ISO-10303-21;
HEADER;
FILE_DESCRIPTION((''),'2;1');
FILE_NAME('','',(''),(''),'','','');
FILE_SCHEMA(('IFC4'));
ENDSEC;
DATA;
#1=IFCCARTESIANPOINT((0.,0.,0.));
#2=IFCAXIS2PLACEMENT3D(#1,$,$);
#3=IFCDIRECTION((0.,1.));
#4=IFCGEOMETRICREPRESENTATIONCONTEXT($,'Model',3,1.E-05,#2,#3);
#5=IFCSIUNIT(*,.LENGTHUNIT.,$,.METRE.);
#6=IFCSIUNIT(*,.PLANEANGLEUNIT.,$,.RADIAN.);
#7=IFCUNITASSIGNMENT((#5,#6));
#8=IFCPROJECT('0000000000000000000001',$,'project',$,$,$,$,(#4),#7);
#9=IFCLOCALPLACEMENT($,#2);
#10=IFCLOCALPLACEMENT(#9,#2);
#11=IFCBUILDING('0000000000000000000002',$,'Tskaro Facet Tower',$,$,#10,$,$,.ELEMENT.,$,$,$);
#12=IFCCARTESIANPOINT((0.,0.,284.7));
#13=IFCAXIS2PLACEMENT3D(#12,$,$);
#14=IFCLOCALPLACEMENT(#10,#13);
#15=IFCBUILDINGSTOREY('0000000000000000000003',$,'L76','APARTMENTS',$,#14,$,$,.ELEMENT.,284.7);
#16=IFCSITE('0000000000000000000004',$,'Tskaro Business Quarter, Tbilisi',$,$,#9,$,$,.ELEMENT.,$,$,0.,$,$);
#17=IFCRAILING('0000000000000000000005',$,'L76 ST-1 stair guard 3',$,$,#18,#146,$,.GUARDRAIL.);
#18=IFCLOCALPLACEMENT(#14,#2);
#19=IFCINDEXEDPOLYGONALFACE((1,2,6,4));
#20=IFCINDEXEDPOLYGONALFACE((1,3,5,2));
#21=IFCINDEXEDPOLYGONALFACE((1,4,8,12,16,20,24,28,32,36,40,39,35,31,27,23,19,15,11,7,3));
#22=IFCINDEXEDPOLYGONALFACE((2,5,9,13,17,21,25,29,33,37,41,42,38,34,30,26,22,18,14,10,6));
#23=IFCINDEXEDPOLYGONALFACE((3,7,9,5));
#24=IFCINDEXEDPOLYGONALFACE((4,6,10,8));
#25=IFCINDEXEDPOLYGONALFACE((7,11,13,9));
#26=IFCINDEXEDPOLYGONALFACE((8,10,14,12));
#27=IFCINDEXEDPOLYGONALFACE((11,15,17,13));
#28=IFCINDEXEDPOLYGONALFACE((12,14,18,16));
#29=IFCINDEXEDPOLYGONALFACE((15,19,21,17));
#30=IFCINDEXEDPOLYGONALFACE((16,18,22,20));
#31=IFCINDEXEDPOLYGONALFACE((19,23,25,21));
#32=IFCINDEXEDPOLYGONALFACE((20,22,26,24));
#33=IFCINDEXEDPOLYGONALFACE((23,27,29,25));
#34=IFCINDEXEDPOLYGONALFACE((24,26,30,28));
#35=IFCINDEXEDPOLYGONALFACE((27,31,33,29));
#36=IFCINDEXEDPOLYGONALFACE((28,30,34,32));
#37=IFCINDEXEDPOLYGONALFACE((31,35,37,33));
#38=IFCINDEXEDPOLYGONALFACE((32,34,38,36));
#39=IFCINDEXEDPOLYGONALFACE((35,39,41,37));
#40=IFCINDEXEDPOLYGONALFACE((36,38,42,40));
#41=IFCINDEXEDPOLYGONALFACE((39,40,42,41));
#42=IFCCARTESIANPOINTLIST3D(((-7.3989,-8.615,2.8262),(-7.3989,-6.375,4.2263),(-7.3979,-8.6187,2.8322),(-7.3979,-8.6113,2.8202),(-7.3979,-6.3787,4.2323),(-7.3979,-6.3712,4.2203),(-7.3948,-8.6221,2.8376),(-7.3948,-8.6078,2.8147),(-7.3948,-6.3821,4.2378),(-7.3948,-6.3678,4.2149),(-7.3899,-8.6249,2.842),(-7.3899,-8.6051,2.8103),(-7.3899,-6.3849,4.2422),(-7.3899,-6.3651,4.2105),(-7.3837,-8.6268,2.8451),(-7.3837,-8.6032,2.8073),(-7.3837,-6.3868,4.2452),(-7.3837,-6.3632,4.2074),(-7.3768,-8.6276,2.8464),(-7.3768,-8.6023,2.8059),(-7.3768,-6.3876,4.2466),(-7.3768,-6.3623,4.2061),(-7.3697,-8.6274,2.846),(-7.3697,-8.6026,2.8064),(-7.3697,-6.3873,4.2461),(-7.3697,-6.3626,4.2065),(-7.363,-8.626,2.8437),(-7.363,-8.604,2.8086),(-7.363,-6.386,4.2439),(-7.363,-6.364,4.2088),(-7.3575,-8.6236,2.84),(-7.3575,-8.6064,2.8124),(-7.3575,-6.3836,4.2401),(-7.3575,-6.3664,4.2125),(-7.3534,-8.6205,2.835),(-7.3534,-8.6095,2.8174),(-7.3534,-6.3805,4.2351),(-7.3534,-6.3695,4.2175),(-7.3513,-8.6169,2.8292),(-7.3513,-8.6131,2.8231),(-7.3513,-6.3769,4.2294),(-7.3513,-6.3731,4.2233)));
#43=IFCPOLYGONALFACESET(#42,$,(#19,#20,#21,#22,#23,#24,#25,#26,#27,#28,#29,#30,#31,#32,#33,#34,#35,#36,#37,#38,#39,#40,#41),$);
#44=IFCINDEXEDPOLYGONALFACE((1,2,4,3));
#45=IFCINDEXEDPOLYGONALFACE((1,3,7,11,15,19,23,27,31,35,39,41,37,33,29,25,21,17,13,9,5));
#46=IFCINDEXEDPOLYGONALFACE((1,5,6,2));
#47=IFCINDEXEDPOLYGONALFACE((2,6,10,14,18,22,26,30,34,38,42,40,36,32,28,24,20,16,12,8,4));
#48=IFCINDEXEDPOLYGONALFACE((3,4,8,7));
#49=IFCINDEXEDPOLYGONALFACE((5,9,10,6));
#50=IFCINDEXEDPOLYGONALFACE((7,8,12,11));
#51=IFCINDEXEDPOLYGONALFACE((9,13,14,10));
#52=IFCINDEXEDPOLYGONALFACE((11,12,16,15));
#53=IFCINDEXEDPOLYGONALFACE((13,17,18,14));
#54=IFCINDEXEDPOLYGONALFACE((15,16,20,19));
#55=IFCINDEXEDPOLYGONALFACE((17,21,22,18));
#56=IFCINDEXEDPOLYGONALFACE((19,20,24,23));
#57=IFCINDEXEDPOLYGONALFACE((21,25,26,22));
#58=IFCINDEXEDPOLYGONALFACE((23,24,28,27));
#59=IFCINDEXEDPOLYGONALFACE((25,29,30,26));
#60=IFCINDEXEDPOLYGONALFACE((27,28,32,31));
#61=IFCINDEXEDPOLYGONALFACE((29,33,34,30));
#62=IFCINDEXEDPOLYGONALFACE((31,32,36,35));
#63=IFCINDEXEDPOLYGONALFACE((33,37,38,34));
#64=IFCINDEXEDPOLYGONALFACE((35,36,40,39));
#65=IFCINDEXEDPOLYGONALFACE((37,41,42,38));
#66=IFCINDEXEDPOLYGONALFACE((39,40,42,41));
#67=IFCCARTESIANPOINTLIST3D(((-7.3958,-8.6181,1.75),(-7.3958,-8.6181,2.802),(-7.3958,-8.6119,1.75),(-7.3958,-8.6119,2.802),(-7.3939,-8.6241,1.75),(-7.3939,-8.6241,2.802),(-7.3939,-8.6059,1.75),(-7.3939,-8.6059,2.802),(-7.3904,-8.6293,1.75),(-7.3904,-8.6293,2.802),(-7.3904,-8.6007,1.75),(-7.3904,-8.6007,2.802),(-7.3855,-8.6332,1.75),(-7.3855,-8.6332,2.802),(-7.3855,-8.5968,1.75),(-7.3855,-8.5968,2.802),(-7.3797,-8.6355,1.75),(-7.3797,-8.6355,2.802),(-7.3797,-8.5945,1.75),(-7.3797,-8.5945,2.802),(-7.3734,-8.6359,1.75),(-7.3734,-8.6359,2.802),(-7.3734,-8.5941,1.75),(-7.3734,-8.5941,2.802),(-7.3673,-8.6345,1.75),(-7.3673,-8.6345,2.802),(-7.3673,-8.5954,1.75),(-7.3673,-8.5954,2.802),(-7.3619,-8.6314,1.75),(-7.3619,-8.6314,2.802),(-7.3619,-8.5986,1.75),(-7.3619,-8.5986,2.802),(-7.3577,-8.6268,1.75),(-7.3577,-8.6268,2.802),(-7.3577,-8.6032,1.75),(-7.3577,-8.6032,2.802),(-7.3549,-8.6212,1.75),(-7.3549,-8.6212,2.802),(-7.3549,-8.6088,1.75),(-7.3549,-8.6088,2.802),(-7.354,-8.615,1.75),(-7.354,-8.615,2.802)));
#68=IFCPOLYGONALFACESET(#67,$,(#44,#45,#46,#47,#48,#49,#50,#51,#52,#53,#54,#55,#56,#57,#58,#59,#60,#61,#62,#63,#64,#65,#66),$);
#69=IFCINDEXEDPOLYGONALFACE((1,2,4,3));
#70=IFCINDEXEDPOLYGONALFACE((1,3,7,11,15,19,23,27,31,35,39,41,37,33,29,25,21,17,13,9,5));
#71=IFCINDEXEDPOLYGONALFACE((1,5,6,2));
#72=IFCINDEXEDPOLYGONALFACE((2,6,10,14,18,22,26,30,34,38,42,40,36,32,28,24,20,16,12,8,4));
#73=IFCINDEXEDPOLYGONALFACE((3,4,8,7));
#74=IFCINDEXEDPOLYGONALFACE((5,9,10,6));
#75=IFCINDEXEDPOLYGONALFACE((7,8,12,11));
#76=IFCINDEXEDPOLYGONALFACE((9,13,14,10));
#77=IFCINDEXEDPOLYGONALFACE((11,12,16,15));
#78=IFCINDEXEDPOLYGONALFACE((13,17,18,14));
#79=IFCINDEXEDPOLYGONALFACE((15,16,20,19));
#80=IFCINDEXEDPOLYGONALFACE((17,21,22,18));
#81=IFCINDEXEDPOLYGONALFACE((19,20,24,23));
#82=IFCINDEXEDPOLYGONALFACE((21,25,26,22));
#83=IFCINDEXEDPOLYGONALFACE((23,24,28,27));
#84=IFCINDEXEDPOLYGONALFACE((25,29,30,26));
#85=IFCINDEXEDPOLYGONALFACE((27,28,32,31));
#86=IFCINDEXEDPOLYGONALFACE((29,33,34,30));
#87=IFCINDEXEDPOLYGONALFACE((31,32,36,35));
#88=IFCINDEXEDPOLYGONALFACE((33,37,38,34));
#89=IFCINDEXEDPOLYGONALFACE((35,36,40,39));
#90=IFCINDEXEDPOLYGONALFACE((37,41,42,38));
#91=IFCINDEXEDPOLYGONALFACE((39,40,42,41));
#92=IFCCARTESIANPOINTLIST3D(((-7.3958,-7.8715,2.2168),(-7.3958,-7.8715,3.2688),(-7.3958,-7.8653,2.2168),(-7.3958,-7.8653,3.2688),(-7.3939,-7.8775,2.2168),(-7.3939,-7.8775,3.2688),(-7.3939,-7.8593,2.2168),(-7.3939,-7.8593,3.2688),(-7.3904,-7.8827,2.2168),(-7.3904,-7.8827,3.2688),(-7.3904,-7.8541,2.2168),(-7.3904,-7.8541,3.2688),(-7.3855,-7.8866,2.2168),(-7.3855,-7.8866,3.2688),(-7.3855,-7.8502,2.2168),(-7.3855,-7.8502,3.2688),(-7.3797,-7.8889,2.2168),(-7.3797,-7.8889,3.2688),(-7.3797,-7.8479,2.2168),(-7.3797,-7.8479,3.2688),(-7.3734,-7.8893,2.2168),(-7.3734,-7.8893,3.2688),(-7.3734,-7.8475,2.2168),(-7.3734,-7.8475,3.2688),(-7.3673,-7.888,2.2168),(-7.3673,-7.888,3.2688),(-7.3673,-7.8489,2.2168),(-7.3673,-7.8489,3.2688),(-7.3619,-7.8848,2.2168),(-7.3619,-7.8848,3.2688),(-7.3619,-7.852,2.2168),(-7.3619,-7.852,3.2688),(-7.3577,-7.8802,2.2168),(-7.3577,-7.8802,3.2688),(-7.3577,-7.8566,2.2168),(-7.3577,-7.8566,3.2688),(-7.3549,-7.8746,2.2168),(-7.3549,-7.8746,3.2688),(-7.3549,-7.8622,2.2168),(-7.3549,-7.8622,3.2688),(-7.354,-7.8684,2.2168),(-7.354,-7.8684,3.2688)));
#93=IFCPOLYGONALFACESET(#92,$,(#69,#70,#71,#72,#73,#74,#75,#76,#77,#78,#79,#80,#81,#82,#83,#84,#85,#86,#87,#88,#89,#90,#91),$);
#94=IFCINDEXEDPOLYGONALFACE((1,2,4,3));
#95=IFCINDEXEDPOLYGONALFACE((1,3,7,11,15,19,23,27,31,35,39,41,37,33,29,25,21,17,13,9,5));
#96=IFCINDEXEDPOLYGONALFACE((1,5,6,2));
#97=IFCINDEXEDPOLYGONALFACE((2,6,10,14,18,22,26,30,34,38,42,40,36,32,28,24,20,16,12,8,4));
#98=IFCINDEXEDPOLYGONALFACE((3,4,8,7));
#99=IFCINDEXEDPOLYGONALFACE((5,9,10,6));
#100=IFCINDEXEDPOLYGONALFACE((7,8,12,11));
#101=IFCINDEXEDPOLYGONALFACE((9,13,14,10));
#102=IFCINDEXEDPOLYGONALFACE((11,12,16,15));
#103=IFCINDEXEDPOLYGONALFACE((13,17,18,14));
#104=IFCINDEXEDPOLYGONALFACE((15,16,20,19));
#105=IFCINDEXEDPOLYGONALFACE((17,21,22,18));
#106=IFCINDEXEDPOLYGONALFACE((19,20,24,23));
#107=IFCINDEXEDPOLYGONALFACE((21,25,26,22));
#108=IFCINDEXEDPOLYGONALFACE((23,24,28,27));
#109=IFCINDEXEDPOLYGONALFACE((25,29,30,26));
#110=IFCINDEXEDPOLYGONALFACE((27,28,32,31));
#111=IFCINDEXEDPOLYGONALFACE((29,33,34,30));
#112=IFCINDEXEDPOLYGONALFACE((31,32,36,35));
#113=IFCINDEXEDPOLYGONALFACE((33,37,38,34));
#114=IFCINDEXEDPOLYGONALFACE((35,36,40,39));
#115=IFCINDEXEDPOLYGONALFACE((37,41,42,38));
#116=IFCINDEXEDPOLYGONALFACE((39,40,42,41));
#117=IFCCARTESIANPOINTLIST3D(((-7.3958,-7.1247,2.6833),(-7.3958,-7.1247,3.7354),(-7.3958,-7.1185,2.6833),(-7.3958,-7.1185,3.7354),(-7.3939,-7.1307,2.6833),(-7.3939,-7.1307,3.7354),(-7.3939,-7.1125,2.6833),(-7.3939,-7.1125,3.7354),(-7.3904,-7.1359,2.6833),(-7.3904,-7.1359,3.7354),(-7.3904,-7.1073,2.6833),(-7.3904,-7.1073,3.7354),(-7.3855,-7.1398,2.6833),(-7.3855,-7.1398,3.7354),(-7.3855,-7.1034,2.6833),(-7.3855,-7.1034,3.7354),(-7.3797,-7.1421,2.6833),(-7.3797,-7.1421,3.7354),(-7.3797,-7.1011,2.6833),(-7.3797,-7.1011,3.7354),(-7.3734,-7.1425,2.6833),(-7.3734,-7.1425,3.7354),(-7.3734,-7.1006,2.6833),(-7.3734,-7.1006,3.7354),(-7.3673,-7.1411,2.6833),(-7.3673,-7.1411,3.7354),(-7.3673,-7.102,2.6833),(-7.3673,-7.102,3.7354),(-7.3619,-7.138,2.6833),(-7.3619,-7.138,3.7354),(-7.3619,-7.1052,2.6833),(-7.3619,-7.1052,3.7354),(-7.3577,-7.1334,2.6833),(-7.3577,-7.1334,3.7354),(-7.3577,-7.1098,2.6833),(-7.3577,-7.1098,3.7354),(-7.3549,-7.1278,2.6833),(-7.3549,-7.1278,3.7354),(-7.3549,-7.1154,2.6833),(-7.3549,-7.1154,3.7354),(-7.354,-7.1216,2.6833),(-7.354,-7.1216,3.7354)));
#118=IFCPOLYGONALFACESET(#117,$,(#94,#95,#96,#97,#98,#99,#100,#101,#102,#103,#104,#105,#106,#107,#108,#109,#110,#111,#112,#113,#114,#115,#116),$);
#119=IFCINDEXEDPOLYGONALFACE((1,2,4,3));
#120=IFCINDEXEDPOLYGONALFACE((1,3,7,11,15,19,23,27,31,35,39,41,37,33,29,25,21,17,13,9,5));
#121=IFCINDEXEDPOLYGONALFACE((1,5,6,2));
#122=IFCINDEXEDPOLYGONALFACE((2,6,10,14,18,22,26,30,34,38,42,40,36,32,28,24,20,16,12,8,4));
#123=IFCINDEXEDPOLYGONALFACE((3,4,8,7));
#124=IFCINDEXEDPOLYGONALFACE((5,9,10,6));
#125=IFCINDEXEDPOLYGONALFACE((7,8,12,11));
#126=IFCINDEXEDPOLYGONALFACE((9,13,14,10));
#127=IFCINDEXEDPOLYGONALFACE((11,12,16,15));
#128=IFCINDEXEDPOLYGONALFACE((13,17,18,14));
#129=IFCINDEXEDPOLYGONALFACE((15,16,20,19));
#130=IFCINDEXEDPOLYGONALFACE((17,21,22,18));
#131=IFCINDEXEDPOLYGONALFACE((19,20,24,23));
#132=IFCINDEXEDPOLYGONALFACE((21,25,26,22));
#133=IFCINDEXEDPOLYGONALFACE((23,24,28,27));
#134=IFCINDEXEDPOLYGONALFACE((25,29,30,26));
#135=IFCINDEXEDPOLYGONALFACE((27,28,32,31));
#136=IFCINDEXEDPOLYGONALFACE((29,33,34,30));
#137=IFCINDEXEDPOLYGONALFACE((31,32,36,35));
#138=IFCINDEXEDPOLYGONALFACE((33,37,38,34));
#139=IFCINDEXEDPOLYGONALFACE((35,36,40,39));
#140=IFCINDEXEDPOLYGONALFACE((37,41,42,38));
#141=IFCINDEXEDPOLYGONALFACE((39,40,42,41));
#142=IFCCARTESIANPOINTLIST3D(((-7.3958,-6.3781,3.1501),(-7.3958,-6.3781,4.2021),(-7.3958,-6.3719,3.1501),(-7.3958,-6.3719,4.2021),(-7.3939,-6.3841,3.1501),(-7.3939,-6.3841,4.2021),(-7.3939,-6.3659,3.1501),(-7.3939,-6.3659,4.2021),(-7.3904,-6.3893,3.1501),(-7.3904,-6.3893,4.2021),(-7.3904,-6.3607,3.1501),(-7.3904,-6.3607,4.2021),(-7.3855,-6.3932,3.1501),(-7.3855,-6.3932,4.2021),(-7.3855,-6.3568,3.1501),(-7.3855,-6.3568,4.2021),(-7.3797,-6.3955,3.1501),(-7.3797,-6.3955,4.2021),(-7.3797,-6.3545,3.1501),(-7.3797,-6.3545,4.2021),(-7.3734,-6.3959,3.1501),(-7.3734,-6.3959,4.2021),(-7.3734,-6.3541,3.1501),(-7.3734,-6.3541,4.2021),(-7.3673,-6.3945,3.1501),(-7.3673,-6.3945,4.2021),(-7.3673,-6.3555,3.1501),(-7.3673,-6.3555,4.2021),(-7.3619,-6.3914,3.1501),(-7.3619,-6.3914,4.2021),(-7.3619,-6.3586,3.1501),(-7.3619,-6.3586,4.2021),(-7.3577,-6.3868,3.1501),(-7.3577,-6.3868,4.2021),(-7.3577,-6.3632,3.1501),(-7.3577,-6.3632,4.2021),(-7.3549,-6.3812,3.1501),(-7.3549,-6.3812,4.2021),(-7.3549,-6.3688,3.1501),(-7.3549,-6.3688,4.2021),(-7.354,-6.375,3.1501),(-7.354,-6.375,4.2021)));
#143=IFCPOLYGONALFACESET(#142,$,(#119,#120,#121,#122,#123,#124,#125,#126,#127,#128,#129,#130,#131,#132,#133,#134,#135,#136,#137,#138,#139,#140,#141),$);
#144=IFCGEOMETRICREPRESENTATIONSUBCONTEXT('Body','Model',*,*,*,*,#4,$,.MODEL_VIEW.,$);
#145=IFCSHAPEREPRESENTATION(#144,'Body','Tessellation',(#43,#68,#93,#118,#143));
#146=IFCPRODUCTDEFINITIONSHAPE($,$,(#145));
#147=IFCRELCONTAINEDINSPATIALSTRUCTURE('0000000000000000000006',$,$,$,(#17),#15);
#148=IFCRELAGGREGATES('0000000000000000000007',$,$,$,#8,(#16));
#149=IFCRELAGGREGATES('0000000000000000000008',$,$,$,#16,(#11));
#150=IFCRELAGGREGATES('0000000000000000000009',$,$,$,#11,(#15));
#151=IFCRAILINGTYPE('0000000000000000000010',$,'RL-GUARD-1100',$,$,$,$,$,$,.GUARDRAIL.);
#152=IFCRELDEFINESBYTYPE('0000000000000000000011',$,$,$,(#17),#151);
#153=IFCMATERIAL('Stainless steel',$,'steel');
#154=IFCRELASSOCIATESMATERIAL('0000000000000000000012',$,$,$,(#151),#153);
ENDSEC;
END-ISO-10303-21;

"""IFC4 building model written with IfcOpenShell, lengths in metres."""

from ifc_helpers import new_model, si_unit, direction, frame, origin, origin_2d, place, context, subcontext, project, spatial, circle, extrude, material, type_object, element, save


model = new_model("IFC4")

# Units and contexts
model_context = context("Model", 3, precision=1e-05, world=origin(), true_north=direction((0.0, 1.0)))
body_context = subcontext(model_context, "Body", "Model", "MODEL_VIEW")
ifc_project = project(units=[si_unit("LENGTHUNIT", "METRE"), si_unit("PLANEANGLEUNIT", "RADIAN")], contexts=[model_context])

# Site, building, storey
site_placement = place(None, origin())
site = spatial("IfcSite", under=ifc_project, at=site_placement, Name="Tskaro Business Quarter, Tbilisi", CompositionType="ELEMENT", RefElevation=0.0)
building_placement = place(site_placement, origin())
building = spatial("IfcBuilding", under=site, at=building_placement, Name="Tskaro Facet Tower", CompositionType="ELEMENT")
storey_placement = place(building_placement, frame((0.0, 0.0, 284.7)))
storey = spatial("IfcBuildingStorey", under=building, at=storey_placement, Name="L76", Description="APARTMENTS", CompositionType="ELEMENT", Elevation=284.7)

# Shared definitions
ifc_material_1 = material(Name="Stainless steel", Category="steel")

# Railing
railing_type_1 = type_object("IfcRailingType", Name="RL-GUARD-1100", PredefinedType="GUARDRAIL", material=ifc_material_1)
railing_1_placement = place(storey_placement, frame((-7.375, -8.615, 1.75)))
element("IfcRailing", 1, at=railing_1_placement, inside=storey, type_object=railing_type_1, Name="L76 ST-1 stair guard 3", PredefinedType="GUARDRAIL", context=body_context, shape_type="SweptSolid", body=[
    extrude(circle(Radius=0.0239, at=origin_2d()), frame((0.0, 0.0, 1.0762), z_axis=(0.0, 0.847972, 0.53004), x_axis=(-1.0, 0.0, 0.0)), (0.0, 0.0, 1.0), 2.6416),
    extrude(circle(Radius=0.021, at=origin_2d()), origin(), (0.0, 0.0, 1.0), 1.052),
    extrude(circle(Radius=0.021, at=origin_2d()), frame((0.0, 0.7466, 0.4668)), (0.0, 0.0, 1.0), 1.052),
    extrude(circle(Radius=0.021, at=origin_2d()), frame((0.0, 1.4934, 0.9333)), (0.0, 0.0, 1.0), 1.052),
    extrude(circle(Radius=0.021, at=origin_2d()), frame((0.0, 2.24, 1.4001)), (0.0, 0.0, 1.0), 1.052),
])

save(model, "model.ifc")
